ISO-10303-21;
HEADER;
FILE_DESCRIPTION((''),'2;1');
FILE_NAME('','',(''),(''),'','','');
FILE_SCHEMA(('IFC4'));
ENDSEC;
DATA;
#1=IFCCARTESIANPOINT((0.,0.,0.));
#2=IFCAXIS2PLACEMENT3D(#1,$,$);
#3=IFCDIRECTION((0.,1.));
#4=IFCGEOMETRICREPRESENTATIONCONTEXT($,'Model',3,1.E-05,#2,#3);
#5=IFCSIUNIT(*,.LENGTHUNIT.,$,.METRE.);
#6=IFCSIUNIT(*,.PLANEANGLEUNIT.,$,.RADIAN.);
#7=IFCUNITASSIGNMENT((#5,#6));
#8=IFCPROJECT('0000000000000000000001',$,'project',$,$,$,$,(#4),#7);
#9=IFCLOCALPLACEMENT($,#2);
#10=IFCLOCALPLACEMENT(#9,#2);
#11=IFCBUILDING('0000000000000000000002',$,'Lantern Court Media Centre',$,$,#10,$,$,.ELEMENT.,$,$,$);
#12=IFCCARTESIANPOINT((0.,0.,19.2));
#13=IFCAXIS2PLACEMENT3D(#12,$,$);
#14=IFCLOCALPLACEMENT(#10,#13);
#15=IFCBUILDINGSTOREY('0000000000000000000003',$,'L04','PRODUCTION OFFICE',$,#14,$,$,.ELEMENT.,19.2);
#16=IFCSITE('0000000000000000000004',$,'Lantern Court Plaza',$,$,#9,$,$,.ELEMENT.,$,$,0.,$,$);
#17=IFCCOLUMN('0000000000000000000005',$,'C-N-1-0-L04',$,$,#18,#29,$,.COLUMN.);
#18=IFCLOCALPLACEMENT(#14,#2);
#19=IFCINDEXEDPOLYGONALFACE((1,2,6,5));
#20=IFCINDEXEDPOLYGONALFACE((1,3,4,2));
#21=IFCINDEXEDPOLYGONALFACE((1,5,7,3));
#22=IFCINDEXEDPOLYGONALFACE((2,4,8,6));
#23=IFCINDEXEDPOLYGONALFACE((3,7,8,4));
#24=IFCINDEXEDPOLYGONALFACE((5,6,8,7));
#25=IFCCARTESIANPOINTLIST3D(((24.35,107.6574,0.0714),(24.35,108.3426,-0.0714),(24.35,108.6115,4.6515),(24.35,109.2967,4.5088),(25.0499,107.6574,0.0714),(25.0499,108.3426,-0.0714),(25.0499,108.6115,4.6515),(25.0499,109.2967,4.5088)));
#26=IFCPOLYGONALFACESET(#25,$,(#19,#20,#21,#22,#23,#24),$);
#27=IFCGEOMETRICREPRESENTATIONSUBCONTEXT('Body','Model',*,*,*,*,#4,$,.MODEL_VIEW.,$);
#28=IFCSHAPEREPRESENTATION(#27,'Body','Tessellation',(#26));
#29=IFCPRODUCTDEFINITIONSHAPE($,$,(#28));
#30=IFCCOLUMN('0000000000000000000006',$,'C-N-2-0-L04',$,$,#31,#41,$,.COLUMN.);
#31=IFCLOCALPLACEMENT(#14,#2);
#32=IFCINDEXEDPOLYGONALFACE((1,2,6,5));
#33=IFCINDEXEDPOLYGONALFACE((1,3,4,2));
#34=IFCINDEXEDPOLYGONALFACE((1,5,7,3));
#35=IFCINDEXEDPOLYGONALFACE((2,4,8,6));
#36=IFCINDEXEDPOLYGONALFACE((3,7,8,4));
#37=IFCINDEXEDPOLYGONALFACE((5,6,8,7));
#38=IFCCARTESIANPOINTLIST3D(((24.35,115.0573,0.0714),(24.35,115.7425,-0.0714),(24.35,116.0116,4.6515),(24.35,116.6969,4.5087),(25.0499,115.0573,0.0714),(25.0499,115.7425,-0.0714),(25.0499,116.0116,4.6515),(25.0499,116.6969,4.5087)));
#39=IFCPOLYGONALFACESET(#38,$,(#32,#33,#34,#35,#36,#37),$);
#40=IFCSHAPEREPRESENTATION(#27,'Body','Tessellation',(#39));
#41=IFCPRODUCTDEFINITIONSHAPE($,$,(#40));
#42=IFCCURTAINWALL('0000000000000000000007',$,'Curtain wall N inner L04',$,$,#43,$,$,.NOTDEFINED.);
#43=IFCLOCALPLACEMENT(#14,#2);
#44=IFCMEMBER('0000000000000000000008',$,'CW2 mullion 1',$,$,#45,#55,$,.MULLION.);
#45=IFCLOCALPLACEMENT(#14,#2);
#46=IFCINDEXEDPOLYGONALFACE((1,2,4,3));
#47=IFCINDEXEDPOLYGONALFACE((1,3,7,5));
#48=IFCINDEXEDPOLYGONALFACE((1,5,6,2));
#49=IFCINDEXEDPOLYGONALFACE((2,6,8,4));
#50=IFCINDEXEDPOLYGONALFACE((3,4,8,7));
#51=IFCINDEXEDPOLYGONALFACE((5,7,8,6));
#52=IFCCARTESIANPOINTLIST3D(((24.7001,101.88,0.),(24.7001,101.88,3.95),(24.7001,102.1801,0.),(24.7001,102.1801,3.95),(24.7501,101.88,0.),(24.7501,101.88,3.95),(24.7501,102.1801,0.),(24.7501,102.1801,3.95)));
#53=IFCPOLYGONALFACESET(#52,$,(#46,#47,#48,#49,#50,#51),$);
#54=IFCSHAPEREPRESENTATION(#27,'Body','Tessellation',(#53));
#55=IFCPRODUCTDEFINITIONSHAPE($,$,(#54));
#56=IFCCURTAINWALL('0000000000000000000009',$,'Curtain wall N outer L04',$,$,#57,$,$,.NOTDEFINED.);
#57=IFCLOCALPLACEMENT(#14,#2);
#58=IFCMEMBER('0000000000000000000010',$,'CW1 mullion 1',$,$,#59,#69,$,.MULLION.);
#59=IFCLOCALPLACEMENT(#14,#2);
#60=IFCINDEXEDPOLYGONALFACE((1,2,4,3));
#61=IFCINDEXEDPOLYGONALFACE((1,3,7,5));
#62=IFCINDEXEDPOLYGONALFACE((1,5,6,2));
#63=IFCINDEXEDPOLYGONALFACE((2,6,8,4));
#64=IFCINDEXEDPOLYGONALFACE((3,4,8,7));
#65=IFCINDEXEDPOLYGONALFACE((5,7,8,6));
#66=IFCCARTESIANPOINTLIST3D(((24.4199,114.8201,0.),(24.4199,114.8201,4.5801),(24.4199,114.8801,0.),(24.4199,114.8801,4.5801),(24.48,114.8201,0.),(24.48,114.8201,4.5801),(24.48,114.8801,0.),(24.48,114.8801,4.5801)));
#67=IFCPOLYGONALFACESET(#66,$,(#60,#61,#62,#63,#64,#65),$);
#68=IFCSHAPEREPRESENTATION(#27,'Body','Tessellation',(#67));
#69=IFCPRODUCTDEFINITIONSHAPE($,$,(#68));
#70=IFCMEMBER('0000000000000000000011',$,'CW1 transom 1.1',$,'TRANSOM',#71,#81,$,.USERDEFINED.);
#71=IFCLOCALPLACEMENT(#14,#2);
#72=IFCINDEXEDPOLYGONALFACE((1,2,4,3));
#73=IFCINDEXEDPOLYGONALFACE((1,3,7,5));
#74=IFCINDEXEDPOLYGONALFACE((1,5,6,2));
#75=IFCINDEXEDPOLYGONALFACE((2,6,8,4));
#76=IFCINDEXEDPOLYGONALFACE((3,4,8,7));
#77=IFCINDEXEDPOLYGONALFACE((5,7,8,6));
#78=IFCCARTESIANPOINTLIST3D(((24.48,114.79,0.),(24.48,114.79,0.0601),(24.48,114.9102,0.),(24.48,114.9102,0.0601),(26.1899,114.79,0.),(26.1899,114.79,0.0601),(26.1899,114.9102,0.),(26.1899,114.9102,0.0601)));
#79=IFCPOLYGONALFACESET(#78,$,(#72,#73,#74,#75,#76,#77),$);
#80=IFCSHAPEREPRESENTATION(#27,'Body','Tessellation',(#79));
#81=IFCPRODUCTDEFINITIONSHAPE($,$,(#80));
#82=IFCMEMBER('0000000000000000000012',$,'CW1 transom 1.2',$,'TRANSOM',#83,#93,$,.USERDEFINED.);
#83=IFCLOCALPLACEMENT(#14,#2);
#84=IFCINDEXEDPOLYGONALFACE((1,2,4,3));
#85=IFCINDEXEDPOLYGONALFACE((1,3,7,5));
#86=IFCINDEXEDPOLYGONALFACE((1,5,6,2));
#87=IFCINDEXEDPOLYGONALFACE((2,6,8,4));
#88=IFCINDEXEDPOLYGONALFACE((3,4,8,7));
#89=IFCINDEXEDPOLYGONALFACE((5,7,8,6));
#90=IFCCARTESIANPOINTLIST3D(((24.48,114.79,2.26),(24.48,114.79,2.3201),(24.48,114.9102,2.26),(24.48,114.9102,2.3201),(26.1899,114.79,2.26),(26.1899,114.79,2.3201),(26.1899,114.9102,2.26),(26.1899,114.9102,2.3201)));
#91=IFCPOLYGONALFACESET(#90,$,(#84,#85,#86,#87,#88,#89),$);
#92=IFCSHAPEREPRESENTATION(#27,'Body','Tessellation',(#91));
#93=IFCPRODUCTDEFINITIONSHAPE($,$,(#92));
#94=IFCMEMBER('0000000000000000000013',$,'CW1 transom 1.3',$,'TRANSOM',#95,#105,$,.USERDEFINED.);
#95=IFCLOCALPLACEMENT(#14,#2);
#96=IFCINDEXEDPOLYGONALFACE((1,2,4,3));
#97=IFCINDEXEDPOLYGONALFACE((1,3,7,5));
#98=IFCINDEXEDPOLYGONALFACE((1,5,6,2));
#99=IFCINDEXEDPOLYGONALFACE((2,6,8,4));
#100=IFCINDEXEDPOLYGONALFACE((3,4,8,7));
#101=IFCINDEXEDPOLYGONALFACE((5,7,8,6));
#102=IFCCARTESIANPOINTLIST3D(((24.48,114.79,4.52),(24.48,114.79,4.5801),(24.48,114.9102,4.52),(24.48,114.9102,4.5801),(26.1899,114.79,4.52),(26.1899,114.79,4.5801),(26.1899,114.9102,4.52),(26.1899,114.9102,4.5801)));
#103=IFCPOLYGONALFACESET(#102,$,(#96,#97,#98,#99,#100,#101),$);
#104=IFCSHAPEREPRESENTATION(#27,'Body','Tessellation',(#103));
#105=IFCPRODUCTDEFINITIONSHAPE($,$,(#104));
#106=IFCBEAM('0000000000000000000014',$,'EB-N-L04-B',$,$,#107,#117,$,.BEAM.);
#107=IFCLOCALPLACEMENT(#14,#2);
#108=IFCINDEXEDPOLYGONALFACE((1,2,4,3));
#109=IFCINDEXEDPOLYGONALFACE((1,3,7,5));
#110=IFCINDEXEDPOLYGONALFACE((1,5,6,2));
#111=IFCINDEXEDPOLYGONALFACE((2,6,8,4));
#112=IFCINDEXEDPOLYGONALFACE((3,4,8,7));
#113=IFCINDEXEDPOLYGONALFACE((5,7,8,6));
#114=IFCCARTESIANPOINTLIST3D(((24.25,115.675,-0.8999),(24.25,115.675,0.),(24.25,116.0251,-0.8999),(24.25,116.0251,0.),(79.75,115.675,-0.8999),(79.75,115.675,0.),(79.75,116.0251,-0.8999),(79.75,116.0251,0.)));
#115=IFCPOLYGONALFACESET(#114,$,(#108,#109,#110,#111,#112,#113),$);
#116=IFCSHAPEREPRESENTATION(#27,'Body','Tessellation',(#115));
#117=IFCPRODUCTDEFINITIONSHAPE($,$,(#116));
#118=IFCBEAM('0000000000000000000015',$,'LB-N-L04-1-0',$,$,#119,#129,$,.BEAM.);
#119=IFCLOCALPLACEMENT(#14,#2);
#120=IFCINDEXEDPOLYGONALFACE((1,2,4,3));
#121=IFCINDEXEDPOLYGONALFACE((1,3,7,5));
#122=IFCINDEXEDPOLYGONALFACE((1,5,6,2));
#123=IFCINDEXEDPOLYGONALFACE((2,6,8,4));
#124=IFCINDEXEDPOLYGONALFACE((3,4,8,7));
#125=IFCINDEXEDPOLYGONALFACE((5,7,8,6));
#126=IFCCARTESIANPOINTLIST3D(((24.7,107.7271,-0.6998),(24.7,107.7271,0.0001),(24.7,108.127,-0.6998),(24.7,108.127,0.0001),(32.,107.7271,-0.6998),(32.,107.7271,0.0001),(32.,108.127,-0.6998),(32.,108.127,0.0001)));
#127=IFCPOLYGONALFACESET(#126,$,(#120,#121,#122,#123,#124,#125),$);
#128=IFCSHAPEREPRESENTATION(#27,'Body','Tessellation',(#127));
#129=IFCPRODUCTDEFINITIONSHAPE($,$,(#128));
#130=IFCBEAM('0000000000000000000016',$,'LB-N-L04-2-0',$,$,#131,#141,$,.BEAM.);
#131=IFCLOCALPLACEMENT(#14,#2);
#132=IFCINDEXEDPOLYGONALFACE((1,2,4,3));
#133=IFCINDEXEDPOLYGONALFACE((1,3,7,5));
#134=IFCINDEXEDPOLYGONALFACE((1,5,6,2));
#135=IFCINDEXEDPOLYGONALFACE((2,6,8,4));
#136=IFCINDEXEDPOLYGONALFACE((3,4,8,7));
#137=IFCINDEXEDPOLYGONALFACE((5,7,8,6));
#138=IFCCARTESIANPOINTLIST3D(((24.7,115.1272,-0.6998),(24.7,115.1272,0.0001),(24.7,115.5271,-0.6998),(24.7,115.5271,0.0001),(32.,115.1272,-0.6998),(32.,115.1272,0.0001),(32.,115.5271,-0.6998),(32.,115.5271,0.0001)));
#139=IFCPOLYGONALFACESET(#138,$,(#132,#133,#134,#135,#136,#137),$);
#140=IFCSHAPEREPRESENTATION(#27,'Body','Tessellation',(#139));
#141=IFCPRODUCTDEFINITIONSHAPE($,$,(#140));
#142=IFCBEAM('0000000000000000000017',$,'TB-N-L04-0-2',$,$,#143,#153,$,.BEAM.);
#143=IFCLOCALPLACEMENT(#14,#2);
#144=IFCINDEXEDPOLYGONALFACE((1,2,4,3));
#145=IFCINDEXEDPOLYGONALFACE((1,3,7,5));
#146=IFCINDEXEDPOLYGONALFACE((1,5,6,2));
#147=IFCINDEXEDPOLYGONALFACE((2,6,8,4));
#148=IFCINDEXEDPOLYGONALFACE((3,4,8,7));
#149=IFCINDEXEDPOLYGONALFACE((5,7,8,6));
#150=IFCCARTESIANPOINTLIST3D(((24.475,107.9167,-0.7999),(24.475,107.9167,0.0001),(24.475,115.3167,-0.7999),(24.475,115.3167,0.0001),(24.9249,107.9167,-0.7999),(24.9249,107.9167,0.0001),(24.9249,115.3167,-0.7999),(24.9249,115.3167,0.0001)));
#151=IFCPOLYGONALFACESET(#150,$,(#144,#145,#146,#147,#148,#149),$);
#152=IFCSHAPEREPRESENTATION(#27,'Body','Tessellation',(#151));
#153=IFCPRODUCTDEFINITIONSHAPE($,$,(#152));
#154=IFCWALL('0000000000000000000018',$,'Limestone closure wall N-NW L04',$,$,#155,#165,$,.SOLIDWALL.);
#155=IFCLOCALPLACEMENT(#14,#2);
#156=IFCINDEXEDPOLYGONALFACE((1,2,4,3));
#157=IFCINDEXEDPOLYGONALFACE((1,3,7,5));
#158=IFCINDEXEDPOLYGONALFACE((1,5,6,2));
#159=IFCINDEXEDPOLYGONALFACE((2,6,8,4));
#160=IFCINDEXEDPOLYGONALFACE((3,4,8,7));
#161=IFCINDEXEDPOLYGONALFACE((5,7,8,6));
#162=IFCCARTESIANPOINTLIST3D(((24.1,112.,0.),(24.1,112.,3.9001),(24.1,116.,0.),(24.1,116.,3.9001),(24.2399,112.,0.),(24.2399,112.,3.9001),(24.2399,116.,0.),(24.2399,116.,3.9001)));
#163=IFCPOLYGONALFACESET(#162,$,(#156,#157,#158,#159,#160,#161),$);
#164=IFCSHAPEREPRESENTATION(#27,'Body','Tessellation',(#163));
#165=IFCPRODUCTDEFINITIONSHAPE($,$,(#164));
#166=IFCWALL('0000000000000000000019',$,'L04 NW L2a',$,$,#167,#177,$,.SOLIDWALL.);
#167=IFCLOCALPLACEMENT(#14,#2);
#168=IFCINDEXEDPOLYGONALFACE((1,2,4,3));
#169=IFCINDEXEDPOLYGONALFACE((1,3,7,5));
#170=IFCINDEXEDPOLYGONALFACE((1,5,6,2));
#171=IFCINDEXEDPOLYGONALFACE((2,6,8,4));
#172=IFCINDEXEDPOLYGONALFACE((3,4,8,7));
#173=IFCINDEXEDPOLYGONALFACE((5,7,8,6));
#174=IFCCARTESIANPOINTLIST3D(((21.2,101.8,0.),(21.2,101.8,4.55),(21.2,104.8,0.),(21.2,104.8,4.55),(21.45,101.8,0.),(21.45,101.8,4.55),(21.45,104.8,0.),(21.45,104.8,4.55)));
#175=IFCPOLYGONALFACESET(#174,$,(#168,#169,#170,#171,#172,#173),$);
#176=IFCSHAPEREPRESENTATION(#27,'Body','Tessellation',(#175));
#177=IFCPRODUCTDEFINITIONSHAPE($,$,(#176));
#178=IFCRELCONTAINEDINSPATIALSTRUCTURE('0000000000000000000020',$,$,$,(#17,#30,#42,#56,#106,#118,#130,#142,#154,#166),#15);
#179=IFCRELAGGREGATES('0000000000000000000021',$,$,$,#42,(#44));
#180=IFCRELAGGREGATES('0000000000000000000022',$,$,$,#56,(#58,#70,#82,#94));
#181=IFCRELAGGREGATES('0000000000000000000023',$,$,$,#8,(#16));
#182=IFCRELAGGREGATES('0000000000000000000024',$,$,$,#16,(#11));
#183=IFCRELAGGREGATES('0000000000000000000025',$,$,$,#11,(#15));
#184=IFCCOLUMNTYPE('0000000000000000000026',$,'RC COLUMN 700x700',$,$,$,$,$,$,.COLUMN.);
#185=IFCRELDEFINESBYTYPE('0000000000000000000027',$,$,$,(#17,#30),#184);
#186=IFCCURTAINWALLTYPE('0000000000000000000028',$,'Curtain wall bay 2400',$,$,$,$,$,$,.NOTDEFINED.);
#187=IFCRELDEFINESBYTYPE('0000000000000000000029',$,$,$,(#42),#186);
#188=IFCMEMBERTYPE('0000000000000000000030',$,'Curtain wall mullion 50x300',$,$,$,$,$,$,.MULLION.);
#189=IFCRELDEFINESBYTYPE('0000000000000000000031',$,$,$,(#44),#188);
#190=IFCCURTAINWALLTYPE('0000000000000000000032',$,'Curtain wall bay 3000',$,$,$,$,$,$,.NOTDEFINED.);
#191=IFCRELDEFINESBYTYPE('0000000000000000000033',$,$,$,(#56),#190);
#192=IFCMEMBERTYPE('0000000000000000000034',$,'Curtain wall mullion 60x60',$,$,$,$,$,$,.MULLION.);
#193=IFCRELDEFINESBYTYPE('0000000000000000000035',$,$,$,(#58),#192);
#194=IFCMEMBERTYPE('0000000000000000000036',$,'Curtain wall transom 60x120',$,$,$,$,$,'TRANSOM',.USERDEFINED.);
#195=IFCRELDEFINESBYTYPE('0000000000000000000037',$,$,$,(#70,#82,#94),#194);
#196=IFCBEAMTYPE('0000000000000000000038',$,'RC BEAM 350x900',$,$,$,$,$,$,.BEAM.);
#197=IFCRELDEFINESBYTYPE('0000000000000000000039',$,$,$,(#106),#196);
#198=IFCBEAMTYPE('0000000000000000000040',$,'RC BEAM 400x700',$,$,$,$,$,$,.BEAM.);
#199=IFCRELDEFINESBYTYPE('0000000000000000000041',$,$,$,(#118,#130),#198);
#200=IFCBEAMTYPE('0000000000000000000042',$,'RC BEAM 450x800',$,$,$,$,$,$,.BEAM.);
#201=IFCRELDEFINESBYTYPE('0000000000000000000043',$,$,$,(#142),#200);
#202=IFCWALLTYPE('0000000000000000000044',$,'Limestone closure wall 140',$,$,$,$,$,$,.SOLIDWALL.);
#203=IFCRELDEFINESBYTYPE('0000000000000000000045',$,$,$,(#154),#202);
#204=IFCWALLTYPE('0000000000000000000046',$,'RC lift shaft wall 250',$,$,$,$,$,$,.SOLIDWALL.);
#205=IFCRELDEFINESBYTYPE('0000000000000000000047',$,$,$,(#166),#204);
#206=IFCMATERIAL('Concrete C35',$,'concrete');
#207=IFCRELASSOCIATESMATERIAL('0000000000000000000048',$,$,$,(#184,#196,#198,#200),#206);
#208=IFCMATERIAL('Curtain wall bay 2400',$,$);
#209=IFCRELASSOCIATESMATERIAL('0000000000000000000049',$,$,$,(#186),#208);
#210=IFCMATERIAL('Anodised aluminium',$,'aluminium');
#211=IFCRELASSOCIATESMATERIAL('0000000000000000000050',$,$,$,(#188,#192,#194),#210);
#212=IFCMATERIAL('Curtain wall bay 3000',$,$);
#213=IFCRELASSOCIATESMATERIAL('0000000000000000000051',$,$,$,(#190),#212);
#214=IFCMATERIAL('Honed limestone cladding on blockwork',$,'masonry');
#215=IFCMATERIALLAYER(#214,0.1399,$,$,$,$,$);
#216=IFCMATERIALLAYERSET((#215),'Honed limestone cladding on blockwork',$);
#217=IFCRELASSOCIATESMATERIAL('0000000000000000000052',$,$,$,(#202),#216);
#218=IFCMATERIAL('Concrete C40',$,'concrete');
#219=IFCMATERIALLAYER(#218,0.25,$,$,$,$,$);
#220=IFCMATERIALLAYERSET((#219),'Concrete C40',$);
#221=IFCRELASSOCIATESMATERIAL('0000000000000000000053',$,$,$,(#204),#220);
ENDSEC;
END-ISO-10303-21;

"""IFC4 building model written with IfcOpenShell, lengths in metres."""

from ifc_helpers import new_model, si_unit, direction, frame, frame_2d, origin, origin_2d, place, context, subcontext, project, spatial, rectangle, extrude, material, layer, layer_set, material_profile, profile_set, type_object, element, aggregate, save


model = new_model("IFC4")

# Units and contexts
model_context = context("Model", 3, precision=1e-05, world=origin(), true_north=direction((0.0, 1.0)))
body_context = subcontext(model_context, "Body", "Model", "MODEL_VIEW")
ifc_project = project(units=[si_unit("LENGTHUNIT", "METRE"), si_unit("PLANEANGLEUNIT", "RADIAN")], contexts=[model_context])

# Site, building, storey
site_placement = place(None, origin())
site = spatial("IfcSite", under=ifc_project, at=site_placement, Name="Lantern Court Plaza", CompositionType="ELEMENT", RefElevation=0.0)
building_placement = place(site_placement, origin())
building = spatial("IfcBuilding", under=site, at=building_placement, Name="Lantern Court Media Centre", CompositionType="ELEMENT")
storey_placement = place(building_placement, frame((0.0, 0.0, 19.2)))
storey = spatial("IfcBuildingStorey", under=building, at=storey_placement, Name="L04", Description="PRODUCTION OFFICE", CompositionType="ELEMENT", Elevation=19.2)

# Columns
ifc_material_1 = material(Name="Concrete C35", Category="concrete")
ifc_material_profile_1 = material_profile(ifc_material_1, rectangle(XDim=0.7, YDim=0.7, at=origin_2d()), Name="RC 700x700")
ifc_profile_set_1 = profile_set([ifc_material_profile_1], Name="Concrete C35")
column_type = type_object("IfcColumnType", Name="RC COLUMN 700x700", PredefinedType="COLUMN", material=ifc_profile_set_1)
for number, where, z_axis, x_axis, name in (
    (1, (24.7, 108.0, 0.0), (0.0, 0.203938, 0.978984), (-1.0, 0.0, 0.0), "C-N-1-0-L04"),
    (2, (24.7, 115.3999, 0.0), (0.0, 0.203988, 0.978973), (-1.0, 0.0, 0.0), "C-N-2-0-L04"),
):
    element("IfcColumn", number, at=place(storey_placement, frame(where, z_axis=z_axis, x_axis=x_axis)), inside=storey, type_object=column_type, Name=name, PredefinedType="COLUMN", context=body_context, shape_type="SweptSolid", body=[
        extrude(rectangle(XDim=0.7, YDim=0.7, at=origin_2d()), origin(), (0.0, 0.0, 1.0), 4.6785),
    ])

# Curtain wall, member
ifc_material_2 = material(Name="Curtain wall bay 2400")
curtain_wall_type_1 = type_object("IfcCurtainWallType", Name="Curtain wall bay 2400", PredefinedType="NOTDEFINED", material=ifc_material_2)
curtain_wall_1_placement = place(storey_placement, origin())
curtain_wall_1 = element("IfcCurtainWall", 3, at=curtain_wall_1_placement, inside=storey, type_object=curtain_wall_type_1, Name="Curtain wall N inner L04", PredefinedType="NOTDEFINED")
ifc_material_3 = material(Name="Anodised aluminium", Category="aluminium")
ifc_material_profile_2 = material_profile(ifc_material_3, rectangle(XDim=0.3, YDim=0.05, at=origin_2d()), Name="AL 50x300")
ifc_profile_set_2 = profile_set([ifc_material_profile_2], Name="Anodised aluminium")
member_type_1 = type_object("IfcMemberType", Name="Curtain wall mullion 50x300", PredefinedType="MULLION", material=ifc_profile_set_2)
member_1_placement = place(storey_placement, frame((24.7251, 102.03, 0.0), z_axis=(0.0, 0.0, 1.0), x_axis=(0.0, 1.0, 0.0)))
member_1 = element("IfcMember", 4, at=member_1_placement, type_object=member_type_1, Name="CW2 mullion 1", PredefinedType="MULLION", context=body_context, shape_type="SweptSolid", body=[
    extrude(rectangle(XDim=0.3, YDim=0.05, at=origin_2d()), origin(), (0.0, 0.0, 1.0), 3.95),
])
aggregate(curtain_wall_1, [member_1])

# Curtain wall, members
ifc_material_4 = material(Name="Curtain wall bay 3000")
curtain_wall_type_2 = type_object("IfcCurtainWallType", Name="Curtain wall bay 3000", PredefinedType="NOTDEFINED", material=ifc_material_4)
curtain_wall_2_placement = place(storey_placement, origin())
curtain_wall_2 = element("IfcCurtainWall", 5, at=curtain_wall_2_placement, inside=storey, type_object=curtain_wall_type_2, Name="Curtain wall N outer L04", PredefinedType="NOTDEFINED")
ifc_material_profile_3 = material_profile(ifc_material_3, rectangle(XDim=0.0601, YDim=0.0601, at=origin_2d()), Name="AL 60x60")
ifc_profile_set_3 = profile_set([ifc_material_profile_3], Name="Anodised aluminium")
member_type_2 = type_object("IfcMemberType", Name="Curtain wall mullion 60x60", PredefinedType="MULLION", material=ifc_profile_set_3)
member_2_placement = place(storey_placement, frame((24.45, 114.8501, 0.0), z_axis=(0.0, 0.0, 1.0), x_axis=(0.0, 1.0, 0.0)))
member_2 = element("IfcMember", 6, at=member_2_placement, type_object=member_type_2, Name="CW1 mullion 1", PredefinedType="MULLION", context=body_context, shape_type="SweptSolid", body=[
    extrude(rectangle(XDim=0.0601, YDim=0.0601, at=origin_2d()), origin(), (0.0, 0.0, 1.0), 4.5801),
])
ifc_material_profile_4 = material_profile(ifc_material_3, rectangle(XDim=0.1201, YDim=0.0601, at=origin_2d()), Name="AL 60x120")
ifc_profile_set_4 = profile_set([ifc_material_profile_4], Name="Anodised aluminium")
member_type_3 = type_object("IfcMemberType", Name="Curtain wall transom 60x120", ElementType="TRANSOM", PredefinedType="USERDEFINED", material=ifc_profile_set_4)
member_3_placement = place(storey_placement, frame((24.48, 114.8501, 0.03), z_axis=(1.0, 0.0, 0.0), x_axis=(0.0, 1.0, 0.0)))
member_3 = element("IfcMember", 7, at=member_3_placement, type_object=member_type_3, Name="CW1 transom 1.1", ObjectType="TRANSOM", PredefinedType="USERDEFINED", context=body_context, shape_type="SweptSolid", body=[
    extrude(rectangle(XDim=0.1201, YDim=0.0601, at=origin_2d()), origin(), (0.0, 0.0, 1.0), 1.71),
])
member_4_placement = place(storey_placement, frame((24.48, 114.8501, 2.29), z_axis=(1.0, 0.0, 0.0), x_axis=(0.0, 1.0, 0.0)))
member_4 = element("IfcMember", 8, at=member_4_placement, type_object=member_type_3, Name="CW1 transom 1.2", ObjectType="TRANSOM", PredefinedType="USERDEFINED", context=body_context, shape_type="SweptSolid", body=[
    extrude(rectangle(XDim=0.1201, YDim=0.0601, at=origin_2d()), origin(), (0.0, 0.0, 1.0), 1.71),
])
member_5_placement = place(storey_placement, frame((24.48, 114.8501, 4.55), z_axis=(1.0, 0.0, 0.0), x_axis=(0.0, 1.0, 0.0)))
member_5 = element("IfcMember", 9, at=member_5_placement, type_object=member_type_3, Name="CW1 transom 1.3", ObjectType="TRANSOM", PredefinedType="USERDEFINED", context=body_context, shape_type="SweptSolid", body=[
    extrude(rectangle(XDim=0.1201, YDim=0.0601, at=origin_2d()), origin(), (0.0, 0.0, 1.0), 1.71),
])
aggregate(curtain_wall_2, [member_2, member_3, member_4, member_5])

# Beams
ifc_material_profile_5 = material_profile(ifc_material_1, rectangle(XDim=0.3501, YDim=0.8999, at=origin_2d()), Name="RC 350x900")
ifc_profile_set_5 = profile_set([ifc_material_profile_5], Name="Concrete C35")
beam_type_1 = type_object("IfcBeamType", Name="RC BEAM 350x900", PredefinedType="BEAM", material=ifc_profile_set_5)
beam_1_placement = place(storey_placement, frame((24.25, 115.8501, -0.45), z_axis=(1.0, 0.0, 0.0), x_axis=(0.0, 1.0, 0.0)))
element("IfcBeam", 10, at=beam_1_placement, inside=storey, type_object=beam_type_1, Name="EB-N-L04-B", PredefinedType="BEAM", context=body_context, shape_type="SweptSolid", body=[
    extrude(rectangle(XDim=0.3501, YDim=0.8999, at=origin_2d()), origin(), (0.0, 0.0, 1.0), 55.5),
])
ifc_material_profile_6 = material_profile(ifc_material_1, rectangle(XDim=0.3999, YDim=0.7, at=origin_2d()), Name="RC 400x700")
ifc_profile_set_6 = profile_set([ifc_material_profile_6], Name="Concrete C35")
beam_type_2 = type_object("IfcBeamType", Name="RC BEAM 400x700", PredefinedType="BEAM", material=ifc_profile_set_6)
for number, where, z_axis, x_axis, name in (
    (11, (24.7, 107.927, -0.3499), (1.0, 0.0, 0.0), (0.0, 1.0, 0.0), "LB-N-L04-1-0"),
    (12, (24.7, 115.3271, -0.3499), (1.0, 0.0, 0.0), (0.0, 1.0, 0.0), "LB-N-L04-2-0"),
):
    element("IfcBeam", number, at=place(storey_placement, frame(where, z_axis=z_axis, x_axis=x_axis)), inside=storey, type_object=beam_type_2, Name=name, PredefinedType="BEAM", context=body_context, shape_type="SweptSolid", body=[
        extrude(rectangle(XDim=0.3999, YDim=0.7, at=origin_2d()), origin(), (0.0, 0.0, 1.0), 7.3),
    ])
ifc_material_profile_7 = material_profile(ifc_material_1, rectangle(XDim=0.45, YDim=0.8, at=origin_2d()), Name="RC 450x800")
ifc_profile_set_7 = profile_set([ifc_material_profile_7], Name="Concrete C35")
beam_type_3 = type_object("IfcBeamType", Name="RC BEAM 450x800", PredefinedType="BEAM", material=ifc_profile_set_7)
beam_2_placement = place(storey_placement, frame((24.7, 107.9167, -0.3999), z_axis=(0.0, 1.0, 0.0), x_axis=(-1.0, 0.0, 0.0)))
element("IfcBeam", 13, at=beam_2_placement, inside=storey, type_object=beam_type_3, Name="TB-N-L04-0-2", PredefinedType="BEAM", context=body_context, shape_type="SweptSolid", body=[
    extrude(rectangle(XDim=0.45, YDim=0.8, at=origin_2d()), origin(), (0.0, 0.0, 1.0), 7.3999),
])

# Walls
ifc_material_5 = material(Name="Honed limestone cladding on blockwork", Category="masonry")
ifc_layer_1 = layer(ifc_material_5, 0.1399)
ifc_layer_set_1 = layer_set([ifc_layer_1], Name="Honed limestone cladding on blockwork")
wall_type_1 = type_object("IfcWallType", Name="Limestone closure wall 140", PredefinedType="SOLIDWALL", material=ifc_layer_set_1)
wall_1_placement = place(storey_placement, frame((24.1699, 112.0, 0.0), z_axis=(0.0, 0.0, 1.0), x_axis=(0.0, 1.0, 0.0)))
element("IfcWall", 14, at=wall_1_placement, inside=storey, type_object=wall_type_1, Name="Limestone closure wall N-NW L04", PredefinedType="SOLIDWALL", context=body_context, shape_type="SweptSolid", body=[
    extrude(rectangle(XDim=4.0, YDim=0.1399, at=frame_2d((2.0, 0.0))), origin(), (0.0, 0.0, 1.0), 3.9001),
])
ifc_material_6 = material(Name="Concrete C40", Category="concrete")
ifc_layer_2 = layer(ifc_material_6, 0.25)
ifc_layer_set_2 = layer_set([ifc_layer_2], Name="Concrete C40")
wall_type_2 = type_object("IfcWallType", Name="RC lift shaft wall 250", PredefinedType="SOLIDWALL", material=ifc_layer_set_2)
wall_2_placement = place(storey_placement, frame((21.325, 104.8, 0.0), z_axis=(0.0, 0.0, 1.0), x_axis=(0.0, -1.0, 0.0)))
element("IfcWall", 15, at=wall_2_placement, inside=storey, type_object=wall_type_2, Name="L04 NW L2a", PredefinedType="SOLIDWALL", context=body_context, shape_type="SweptSolid", body=[
    extrude(rectangle(XDim=3.0, YDim=0.25, at=frame_2d((1.5, 0.0))), origin(), (0.0, 0.0, 1.0), 4.55),
])

save(model, "model.ifc")
